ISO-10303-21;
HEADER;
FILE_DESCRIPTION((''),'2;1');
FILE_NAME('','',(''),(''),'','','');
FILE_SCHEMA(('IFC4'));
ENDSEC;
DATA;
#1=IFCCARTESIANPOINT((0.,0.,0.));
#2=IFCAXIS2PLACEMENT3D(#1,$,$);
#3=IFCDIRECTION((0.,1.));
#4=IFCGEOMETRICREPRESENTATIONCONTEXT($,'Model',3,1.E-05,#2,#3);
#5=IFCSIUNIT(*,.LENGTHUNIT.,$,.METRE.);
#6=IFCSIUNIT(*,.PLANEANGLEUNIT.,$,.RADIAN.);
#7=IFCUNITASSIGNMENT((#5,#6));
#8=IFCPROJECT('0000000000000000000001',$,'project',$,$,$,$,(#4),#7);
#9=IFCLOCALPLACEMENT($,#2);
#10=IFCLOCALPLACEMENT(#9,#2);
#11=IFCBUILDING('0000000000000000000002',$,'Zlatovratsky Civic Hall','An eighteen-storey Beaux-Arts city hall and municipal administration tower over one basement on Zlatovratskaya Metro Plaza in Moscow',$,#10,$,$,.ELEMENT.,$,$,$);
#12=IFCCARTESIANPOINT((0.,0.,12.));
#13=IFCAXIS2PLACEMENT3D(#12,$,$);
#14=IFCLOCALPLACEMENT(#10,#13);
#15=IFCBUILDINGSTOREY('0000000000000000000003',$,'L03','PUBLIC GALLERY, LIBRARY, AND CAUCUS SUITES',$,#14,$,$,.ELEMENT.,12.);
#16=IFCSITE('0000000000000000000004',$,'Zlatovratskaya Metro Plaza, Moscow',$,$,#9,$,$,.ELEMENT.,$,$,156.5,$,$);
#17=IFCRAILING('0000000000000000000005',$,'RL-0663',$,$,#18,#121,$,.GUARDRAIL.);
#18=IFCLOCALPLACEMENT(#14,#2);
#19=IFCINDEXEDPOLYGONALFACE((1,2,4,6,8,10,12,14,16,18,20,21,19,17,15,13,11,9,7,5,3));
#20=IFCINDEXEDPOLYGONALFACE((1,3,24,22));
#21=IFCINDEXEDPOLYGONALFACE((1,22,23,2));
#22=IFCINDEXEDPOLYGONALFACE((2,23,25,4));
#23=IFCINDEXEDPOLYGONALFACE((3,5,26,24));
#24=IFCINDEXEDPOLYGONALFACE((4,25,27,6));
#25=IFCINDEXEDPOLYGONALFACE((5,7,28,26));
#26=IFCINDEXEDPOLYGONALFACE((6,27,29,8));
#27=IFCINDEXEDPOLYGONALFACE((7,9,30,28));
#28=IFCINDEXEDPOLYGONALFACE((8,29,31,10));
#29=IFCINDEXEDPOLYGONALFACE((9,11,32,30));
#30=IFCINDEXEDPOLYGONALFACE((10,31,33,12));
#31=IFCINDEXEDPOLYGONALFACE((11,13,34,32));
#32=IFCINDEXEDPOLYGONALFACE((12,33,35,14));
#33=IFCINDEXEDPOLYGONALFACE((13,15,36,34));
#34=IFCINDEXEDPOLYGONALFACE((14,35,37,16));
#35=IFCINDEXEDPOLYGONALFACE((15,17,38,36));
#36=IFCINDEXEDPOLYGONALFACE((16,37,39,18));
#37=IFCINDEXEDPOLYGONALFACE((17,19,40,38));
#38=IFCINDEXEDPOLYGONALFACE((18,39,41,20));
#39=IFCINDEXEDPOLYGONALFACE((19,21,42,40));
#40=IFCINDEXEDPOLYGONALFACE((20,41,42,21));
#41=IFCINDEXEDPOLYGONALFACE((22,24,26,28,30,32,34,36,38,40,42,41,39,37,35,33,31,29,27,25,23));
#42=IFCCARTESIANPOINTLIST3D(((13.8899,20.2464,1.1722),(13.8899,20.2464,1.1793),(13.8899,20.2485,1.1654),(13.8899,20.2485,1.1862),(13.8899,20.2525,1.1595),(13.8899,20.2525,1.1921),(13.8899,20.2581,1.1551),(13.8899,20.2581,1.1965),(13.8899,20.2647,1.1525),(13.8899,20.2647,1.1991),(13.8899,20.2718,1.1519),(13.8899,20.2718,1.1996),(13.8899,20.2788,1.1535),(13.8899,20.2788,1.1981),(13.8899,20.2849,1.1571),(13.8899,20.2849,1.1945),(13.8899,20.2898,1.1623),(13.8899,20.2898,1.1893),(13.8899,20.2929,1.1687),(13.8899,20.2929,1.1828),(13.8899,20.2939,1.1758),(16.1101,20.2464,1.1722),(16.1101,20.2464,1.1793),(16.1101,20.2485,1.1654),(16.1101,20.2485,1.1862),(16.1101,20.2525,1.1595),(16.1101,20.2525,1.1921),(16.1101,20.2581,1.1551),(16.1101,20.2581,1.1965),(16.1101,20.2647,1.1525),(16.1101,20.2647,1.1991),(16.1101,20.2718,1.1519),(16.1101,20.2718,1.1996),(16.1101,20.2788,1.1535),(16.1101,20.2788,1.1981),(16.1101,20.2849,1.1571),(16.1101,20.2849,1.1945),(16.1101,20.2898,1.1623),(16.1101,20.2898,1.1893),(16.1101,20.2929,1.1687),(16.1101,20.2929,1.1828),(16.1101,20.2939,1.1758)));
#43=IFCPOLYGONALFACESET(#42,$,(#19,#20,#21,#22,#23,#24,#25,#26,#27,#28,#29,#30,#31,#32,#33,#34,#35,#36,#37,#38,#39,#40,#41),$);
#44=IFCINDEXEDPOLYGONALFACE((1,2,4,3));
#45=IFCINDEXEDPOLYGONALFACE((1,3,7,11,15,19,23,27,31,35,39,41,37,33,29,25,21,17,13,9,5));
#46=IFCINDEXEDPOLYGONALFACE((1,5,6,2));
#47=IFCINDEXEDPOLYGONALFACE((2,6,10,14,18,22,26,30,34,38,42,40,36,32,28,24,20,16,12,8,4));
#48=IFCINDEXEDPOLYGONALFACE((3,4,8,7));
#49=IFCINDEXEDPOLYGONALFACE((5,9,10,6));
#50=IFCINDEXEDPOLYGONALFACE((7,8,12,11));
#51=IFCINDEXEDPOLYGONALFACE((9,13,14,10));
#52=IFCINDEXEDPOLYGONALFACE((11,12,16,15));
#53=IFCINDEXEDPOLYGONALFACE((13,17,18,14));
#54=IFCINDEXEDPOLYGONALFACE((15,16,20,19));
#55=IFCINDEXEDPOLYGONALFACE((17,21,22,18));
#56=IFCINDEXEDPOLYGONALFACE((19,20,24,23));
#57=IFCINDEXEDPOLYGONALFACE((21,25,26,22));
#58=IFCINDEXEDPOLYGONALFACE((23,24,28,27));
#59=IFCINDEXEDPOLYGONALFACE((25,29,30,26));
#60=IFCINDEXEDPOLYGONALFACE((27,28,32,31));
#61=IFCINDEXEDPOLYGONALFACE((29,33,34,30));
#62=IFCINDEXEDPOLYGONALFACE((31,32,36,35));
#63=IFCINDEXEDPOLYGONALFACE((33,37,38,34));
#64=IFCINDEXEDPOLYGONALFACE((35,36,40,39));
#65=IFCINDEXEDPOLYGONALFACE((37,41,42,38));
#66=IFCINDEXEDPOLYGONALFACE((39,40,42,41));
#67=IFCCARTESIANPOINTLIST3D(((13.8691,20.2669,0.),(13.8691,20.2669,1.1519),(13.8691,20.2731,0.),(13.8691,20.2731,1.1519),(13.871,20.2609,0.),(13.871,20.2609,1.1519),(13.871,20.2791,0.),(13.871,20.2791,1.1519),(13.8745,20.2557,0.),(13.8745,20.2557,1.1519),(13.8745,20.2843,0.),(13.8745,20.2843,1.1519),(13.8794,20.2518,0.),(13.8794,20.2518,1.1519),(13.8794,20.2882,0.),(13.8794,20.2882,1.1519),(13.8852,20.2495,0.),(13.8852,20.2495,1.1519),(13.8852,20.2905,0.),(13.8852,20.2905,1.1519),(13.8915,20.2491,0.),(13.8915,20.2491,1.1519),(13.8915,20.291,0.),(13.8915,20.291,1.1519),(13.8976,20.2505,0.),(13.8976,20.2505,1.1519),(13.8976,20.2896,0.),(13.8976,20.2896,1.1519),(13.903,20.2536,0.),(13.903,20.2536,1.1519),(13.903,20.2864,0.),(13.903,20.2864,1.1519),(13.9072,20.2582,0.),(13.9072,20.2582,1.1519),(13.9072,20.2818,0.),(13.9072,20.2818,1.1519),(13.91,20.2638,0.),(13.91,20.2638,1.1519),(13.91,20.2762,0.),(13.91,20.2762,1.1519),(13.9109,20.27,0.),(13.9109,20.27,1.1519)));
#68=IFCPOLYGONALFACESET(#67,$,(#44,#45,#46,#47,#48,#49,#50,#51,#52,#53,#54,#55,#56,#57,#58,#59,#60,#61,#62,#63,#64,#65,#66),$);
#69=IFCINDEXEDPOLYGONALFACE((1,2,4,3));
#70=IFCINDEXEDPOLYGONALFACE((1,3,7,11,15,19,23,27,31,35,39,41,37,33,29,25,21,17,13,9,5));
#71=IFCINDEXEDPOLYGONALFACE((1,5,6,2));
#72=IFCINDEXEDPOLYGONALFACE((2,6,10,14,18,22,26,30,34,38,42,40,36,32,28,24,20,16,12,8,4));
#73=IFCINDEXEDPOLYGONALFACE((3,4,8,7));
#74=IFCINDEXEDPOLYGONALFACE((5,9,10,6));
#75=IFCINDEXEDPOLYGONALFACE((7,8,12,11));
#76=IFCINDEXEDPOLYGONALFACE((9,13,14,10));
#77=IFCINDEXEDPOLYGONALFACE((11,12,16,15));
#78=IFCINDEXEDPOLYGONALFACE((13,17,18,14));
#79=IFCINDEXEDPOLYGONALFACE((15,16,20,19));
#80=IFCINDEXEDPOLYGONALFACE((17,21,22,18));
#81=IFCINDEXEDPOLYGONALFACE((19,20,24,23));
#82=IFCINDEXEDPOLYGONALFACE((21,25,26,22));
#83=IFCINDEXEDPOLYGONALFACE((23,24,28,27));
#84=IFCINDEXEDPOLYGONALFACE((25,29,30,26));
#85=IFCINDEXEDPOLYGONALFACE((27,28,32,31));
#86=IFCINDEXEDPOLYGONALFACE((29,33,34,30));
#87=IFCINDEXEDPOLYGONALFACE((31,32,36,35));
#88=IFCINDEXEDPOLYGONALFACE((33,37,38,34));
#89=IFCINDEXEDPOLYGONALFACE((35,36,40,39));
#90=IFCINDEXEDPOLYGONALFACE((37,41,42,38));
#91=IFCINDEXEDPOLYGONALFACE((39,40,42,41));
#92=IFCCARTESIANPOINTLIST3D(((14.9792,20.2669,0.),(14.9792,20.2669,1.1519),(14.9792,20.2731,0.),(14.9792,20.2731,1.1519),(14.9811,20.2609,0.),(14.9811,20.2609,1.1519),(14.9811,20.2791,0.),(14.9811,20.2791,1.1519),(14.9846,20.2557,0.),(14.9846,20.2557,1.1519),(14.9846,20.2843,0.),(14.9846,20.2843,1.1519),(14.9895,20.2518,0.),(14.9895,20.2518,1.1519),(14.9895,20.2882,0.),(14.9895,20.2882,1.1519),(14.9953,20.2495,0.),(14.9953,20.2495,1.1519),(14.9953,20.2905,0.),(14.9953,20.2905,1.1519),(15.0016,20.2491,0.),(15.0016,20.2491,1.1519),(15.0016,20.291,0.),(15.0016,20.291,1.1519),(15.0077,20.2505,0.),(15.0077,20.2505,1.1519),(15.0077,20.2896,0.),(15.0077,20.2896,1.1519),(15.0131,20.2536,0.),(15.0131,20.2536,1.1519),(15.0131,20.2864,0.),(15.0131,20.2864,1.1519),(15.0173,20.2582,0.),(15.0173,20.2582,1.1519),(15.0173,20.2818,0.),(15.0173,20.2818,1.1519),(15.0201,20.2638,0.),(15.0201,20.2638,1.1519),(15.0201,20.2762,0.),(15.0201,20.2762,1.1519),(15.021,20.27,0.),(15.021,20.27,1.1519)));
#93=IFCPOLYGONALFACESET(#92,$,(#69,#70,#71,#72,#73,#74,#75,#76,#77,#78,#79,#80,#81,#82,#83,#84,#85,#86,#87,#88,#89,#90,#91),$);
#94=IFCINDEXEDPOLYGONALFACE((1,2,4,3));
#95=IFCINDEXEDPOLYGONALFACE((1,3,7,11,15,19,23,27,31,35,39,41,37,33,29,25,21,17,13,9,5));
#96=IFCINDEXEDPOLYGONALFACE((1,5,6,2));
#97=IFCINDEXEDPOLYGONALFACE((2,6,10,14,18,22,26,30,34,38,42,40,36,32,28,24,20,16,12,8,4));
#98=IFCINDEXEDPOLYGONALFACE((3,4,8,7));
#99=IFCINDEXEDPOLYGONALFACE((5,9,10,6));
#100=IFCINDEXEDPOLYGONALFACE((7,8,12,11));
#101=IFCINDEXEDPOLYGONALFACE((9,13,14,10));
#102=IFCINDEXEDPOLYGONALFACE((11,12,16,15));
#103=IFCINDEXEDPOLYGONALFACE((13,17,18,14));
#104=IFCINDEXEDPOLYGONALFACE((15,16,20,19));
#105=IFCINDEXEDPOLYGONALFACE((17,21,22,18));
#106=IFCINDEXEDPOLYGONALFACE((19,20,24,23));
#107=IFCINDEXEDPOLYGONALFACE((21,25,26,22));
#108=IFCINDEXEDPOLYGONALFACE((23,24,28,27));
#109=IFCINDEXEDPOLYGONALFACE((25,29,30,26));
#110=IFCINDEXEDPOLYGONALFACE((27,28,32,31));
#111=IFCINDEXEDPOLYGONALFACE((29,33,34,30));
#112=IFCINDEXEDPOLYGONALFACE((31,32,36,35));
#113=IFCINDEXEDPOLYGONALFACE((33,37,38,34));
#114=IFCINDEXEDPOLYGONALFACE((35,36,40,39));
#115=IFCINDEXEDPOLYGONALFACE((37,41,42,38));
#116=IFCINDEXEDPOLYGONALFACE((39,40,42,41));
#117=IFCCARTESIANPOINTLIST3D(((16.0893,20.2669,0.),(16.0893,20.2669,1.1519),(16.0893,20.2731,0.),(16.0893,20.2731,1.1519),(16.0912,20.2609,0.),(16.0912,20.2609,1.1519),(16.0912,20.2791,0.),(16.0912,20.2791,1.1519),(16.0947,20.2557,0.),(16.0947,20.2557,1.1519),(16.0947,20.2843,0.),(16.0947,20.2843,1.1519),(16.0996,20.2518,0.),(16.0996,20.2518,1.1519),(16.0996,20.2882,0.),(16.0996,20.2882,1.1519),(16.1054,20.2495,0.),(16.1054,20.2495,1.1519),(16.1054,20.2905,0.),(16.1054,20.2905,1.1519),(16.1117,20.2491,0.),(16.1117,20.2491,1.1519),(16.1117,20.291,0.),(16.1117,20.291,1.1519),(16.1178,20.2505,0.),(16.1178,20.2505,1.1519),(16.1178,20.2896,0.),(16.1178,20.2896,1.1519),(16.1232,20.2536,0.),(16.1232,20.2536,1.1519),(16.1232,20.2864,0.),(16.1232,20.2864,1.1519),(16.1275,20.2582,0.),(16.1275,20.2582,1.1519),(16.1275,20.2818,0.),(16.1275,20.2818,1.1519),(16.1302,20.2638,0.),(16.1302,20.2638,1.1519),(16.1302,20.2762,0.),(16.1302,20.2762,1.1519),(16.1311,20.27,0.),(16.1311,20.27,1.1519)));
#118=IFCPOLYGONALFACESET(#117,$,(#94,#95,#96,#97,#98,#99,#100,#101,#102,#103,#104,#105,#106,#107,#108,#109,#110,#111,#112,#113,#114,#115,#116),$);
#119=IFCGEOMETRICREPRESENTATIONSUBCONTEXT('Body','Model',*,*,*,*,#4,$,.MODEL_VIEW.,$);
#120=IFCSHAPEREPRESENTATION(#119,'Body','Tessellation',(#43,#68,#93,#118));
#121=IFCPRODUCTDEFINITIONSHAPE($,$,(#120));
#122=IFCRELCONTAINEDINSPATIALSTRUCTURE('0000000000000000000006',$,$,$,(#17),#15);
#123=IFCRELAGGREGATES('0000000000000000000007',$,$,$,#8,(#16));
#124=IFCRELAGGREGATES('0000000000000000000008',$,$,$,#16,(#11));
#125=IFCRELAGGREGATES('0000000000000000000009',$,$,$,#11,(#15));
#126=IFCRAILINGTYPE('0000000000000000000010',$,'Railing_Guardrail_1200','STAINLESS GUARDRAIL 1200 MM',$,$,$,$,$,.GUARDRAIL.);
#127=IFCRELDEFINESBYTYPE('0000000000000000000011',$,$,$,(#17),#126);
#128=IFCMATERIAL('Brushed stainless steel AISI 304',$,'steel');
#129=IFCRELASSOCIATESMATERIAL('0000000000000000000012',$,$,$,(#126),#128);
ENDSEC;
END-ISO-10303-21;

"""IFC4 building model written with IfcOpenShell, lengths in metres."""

from ifc_helpers import new_model, si_unit, direction, frame, origin, origin_2d, place, context, subcontext, project, spatial, circle, extrude, material, type_object, element, save


model = new_model("IFC4")

# Units and contexts
model_context = context("Model", 3, precision=1e-05, world=origin(), true_north=direction((0.0, 1.0)))
body_context = subcontext(model_context, "Body", "Model", "MODEL_VIEW")
ifc_project = project(units=[si_unit("LENGTHUNIT", "METRE"), si_unit("PLANEANGLEUNIT", "RADIAN")], contexts=[model_context])

# Site, building, storey
site_placement = place(None, origin())
site = spatial("IfcSite", under=ifc_project, at=site_placement, Name="Zlatovratskaya Metro Plaza, Moscow", CompositionType="ELEMENT", RefElevation=156.5)
building_placement = place(site_placement, origin())
building = spatial("IfcBuilding", under=site, at=building_placement, Name="Zlatovratsky Civic Hall", Description="An eighteen-storey Beaux-Arts city hall and municipal administration tower over one basement on Zlatovratskaya Metro Plaza in Moscow", CompositionType="ELEMENT")
storey_placement = place(building_placement, frame((0.0, 0.0, 12.0)))
storey = spatial("IfcBuildingStorey", under=building, at=storey_placement, Name="L03", Description="PUBLIC GALLERY, LIBRARY, AND CAUCUS SUITES", CompositionType="ELEMENT", Elevation=12.0)

# Railing
ifc_material_1 = material(Name="Brushed stainless steel AISI 304", Category="steel")
railing_type_1 = type_object("IfcRailingType", Name="Railing_Guardrail_1200", Description="STAINLESS GUARDRAIL 1200 MM", PredefinedType="GUARDRAIL", material=ifc_material_1)
railing_1_placement = place(storey_placement, frame((13.8899, 20.27, 0.0)))
element("IfcRailing", 1, at=railing_1_placement, inside=storey, type_object=railing_type_1, Name="RL-0663", PredefinedType="GUARDRAIL", context=body_context, shape_type="SweptSolid", body=[
    extrude(circle(Radius=0.0239, at=origin_2d()), frame((0.0, 0.0, 1.1758), z_axis=(1.0, 0.0, 0.0), x_axis=(0.0, 1.0, 0.0)), (0.0, 0.0, 1.0), 2.2202),
    extrude(circle(Radius=0.021, at=origin_2d()), origin(), (0.0, 0.0, 1.0), 1.1519),
    extrude(circle(Radius=0.021, at=origin_2d()), frame((1.1101, 0.0, 0.0)), (0.0, 0.0, 1.0), 1.1519),
    extrude(circle(Radius=0.021, at=origin_2d()), frame((2.2202, 0.0, 0.0)), (0.0, 0.0, 1.0), 1.1519),
])

save(model, "model.ifc")
